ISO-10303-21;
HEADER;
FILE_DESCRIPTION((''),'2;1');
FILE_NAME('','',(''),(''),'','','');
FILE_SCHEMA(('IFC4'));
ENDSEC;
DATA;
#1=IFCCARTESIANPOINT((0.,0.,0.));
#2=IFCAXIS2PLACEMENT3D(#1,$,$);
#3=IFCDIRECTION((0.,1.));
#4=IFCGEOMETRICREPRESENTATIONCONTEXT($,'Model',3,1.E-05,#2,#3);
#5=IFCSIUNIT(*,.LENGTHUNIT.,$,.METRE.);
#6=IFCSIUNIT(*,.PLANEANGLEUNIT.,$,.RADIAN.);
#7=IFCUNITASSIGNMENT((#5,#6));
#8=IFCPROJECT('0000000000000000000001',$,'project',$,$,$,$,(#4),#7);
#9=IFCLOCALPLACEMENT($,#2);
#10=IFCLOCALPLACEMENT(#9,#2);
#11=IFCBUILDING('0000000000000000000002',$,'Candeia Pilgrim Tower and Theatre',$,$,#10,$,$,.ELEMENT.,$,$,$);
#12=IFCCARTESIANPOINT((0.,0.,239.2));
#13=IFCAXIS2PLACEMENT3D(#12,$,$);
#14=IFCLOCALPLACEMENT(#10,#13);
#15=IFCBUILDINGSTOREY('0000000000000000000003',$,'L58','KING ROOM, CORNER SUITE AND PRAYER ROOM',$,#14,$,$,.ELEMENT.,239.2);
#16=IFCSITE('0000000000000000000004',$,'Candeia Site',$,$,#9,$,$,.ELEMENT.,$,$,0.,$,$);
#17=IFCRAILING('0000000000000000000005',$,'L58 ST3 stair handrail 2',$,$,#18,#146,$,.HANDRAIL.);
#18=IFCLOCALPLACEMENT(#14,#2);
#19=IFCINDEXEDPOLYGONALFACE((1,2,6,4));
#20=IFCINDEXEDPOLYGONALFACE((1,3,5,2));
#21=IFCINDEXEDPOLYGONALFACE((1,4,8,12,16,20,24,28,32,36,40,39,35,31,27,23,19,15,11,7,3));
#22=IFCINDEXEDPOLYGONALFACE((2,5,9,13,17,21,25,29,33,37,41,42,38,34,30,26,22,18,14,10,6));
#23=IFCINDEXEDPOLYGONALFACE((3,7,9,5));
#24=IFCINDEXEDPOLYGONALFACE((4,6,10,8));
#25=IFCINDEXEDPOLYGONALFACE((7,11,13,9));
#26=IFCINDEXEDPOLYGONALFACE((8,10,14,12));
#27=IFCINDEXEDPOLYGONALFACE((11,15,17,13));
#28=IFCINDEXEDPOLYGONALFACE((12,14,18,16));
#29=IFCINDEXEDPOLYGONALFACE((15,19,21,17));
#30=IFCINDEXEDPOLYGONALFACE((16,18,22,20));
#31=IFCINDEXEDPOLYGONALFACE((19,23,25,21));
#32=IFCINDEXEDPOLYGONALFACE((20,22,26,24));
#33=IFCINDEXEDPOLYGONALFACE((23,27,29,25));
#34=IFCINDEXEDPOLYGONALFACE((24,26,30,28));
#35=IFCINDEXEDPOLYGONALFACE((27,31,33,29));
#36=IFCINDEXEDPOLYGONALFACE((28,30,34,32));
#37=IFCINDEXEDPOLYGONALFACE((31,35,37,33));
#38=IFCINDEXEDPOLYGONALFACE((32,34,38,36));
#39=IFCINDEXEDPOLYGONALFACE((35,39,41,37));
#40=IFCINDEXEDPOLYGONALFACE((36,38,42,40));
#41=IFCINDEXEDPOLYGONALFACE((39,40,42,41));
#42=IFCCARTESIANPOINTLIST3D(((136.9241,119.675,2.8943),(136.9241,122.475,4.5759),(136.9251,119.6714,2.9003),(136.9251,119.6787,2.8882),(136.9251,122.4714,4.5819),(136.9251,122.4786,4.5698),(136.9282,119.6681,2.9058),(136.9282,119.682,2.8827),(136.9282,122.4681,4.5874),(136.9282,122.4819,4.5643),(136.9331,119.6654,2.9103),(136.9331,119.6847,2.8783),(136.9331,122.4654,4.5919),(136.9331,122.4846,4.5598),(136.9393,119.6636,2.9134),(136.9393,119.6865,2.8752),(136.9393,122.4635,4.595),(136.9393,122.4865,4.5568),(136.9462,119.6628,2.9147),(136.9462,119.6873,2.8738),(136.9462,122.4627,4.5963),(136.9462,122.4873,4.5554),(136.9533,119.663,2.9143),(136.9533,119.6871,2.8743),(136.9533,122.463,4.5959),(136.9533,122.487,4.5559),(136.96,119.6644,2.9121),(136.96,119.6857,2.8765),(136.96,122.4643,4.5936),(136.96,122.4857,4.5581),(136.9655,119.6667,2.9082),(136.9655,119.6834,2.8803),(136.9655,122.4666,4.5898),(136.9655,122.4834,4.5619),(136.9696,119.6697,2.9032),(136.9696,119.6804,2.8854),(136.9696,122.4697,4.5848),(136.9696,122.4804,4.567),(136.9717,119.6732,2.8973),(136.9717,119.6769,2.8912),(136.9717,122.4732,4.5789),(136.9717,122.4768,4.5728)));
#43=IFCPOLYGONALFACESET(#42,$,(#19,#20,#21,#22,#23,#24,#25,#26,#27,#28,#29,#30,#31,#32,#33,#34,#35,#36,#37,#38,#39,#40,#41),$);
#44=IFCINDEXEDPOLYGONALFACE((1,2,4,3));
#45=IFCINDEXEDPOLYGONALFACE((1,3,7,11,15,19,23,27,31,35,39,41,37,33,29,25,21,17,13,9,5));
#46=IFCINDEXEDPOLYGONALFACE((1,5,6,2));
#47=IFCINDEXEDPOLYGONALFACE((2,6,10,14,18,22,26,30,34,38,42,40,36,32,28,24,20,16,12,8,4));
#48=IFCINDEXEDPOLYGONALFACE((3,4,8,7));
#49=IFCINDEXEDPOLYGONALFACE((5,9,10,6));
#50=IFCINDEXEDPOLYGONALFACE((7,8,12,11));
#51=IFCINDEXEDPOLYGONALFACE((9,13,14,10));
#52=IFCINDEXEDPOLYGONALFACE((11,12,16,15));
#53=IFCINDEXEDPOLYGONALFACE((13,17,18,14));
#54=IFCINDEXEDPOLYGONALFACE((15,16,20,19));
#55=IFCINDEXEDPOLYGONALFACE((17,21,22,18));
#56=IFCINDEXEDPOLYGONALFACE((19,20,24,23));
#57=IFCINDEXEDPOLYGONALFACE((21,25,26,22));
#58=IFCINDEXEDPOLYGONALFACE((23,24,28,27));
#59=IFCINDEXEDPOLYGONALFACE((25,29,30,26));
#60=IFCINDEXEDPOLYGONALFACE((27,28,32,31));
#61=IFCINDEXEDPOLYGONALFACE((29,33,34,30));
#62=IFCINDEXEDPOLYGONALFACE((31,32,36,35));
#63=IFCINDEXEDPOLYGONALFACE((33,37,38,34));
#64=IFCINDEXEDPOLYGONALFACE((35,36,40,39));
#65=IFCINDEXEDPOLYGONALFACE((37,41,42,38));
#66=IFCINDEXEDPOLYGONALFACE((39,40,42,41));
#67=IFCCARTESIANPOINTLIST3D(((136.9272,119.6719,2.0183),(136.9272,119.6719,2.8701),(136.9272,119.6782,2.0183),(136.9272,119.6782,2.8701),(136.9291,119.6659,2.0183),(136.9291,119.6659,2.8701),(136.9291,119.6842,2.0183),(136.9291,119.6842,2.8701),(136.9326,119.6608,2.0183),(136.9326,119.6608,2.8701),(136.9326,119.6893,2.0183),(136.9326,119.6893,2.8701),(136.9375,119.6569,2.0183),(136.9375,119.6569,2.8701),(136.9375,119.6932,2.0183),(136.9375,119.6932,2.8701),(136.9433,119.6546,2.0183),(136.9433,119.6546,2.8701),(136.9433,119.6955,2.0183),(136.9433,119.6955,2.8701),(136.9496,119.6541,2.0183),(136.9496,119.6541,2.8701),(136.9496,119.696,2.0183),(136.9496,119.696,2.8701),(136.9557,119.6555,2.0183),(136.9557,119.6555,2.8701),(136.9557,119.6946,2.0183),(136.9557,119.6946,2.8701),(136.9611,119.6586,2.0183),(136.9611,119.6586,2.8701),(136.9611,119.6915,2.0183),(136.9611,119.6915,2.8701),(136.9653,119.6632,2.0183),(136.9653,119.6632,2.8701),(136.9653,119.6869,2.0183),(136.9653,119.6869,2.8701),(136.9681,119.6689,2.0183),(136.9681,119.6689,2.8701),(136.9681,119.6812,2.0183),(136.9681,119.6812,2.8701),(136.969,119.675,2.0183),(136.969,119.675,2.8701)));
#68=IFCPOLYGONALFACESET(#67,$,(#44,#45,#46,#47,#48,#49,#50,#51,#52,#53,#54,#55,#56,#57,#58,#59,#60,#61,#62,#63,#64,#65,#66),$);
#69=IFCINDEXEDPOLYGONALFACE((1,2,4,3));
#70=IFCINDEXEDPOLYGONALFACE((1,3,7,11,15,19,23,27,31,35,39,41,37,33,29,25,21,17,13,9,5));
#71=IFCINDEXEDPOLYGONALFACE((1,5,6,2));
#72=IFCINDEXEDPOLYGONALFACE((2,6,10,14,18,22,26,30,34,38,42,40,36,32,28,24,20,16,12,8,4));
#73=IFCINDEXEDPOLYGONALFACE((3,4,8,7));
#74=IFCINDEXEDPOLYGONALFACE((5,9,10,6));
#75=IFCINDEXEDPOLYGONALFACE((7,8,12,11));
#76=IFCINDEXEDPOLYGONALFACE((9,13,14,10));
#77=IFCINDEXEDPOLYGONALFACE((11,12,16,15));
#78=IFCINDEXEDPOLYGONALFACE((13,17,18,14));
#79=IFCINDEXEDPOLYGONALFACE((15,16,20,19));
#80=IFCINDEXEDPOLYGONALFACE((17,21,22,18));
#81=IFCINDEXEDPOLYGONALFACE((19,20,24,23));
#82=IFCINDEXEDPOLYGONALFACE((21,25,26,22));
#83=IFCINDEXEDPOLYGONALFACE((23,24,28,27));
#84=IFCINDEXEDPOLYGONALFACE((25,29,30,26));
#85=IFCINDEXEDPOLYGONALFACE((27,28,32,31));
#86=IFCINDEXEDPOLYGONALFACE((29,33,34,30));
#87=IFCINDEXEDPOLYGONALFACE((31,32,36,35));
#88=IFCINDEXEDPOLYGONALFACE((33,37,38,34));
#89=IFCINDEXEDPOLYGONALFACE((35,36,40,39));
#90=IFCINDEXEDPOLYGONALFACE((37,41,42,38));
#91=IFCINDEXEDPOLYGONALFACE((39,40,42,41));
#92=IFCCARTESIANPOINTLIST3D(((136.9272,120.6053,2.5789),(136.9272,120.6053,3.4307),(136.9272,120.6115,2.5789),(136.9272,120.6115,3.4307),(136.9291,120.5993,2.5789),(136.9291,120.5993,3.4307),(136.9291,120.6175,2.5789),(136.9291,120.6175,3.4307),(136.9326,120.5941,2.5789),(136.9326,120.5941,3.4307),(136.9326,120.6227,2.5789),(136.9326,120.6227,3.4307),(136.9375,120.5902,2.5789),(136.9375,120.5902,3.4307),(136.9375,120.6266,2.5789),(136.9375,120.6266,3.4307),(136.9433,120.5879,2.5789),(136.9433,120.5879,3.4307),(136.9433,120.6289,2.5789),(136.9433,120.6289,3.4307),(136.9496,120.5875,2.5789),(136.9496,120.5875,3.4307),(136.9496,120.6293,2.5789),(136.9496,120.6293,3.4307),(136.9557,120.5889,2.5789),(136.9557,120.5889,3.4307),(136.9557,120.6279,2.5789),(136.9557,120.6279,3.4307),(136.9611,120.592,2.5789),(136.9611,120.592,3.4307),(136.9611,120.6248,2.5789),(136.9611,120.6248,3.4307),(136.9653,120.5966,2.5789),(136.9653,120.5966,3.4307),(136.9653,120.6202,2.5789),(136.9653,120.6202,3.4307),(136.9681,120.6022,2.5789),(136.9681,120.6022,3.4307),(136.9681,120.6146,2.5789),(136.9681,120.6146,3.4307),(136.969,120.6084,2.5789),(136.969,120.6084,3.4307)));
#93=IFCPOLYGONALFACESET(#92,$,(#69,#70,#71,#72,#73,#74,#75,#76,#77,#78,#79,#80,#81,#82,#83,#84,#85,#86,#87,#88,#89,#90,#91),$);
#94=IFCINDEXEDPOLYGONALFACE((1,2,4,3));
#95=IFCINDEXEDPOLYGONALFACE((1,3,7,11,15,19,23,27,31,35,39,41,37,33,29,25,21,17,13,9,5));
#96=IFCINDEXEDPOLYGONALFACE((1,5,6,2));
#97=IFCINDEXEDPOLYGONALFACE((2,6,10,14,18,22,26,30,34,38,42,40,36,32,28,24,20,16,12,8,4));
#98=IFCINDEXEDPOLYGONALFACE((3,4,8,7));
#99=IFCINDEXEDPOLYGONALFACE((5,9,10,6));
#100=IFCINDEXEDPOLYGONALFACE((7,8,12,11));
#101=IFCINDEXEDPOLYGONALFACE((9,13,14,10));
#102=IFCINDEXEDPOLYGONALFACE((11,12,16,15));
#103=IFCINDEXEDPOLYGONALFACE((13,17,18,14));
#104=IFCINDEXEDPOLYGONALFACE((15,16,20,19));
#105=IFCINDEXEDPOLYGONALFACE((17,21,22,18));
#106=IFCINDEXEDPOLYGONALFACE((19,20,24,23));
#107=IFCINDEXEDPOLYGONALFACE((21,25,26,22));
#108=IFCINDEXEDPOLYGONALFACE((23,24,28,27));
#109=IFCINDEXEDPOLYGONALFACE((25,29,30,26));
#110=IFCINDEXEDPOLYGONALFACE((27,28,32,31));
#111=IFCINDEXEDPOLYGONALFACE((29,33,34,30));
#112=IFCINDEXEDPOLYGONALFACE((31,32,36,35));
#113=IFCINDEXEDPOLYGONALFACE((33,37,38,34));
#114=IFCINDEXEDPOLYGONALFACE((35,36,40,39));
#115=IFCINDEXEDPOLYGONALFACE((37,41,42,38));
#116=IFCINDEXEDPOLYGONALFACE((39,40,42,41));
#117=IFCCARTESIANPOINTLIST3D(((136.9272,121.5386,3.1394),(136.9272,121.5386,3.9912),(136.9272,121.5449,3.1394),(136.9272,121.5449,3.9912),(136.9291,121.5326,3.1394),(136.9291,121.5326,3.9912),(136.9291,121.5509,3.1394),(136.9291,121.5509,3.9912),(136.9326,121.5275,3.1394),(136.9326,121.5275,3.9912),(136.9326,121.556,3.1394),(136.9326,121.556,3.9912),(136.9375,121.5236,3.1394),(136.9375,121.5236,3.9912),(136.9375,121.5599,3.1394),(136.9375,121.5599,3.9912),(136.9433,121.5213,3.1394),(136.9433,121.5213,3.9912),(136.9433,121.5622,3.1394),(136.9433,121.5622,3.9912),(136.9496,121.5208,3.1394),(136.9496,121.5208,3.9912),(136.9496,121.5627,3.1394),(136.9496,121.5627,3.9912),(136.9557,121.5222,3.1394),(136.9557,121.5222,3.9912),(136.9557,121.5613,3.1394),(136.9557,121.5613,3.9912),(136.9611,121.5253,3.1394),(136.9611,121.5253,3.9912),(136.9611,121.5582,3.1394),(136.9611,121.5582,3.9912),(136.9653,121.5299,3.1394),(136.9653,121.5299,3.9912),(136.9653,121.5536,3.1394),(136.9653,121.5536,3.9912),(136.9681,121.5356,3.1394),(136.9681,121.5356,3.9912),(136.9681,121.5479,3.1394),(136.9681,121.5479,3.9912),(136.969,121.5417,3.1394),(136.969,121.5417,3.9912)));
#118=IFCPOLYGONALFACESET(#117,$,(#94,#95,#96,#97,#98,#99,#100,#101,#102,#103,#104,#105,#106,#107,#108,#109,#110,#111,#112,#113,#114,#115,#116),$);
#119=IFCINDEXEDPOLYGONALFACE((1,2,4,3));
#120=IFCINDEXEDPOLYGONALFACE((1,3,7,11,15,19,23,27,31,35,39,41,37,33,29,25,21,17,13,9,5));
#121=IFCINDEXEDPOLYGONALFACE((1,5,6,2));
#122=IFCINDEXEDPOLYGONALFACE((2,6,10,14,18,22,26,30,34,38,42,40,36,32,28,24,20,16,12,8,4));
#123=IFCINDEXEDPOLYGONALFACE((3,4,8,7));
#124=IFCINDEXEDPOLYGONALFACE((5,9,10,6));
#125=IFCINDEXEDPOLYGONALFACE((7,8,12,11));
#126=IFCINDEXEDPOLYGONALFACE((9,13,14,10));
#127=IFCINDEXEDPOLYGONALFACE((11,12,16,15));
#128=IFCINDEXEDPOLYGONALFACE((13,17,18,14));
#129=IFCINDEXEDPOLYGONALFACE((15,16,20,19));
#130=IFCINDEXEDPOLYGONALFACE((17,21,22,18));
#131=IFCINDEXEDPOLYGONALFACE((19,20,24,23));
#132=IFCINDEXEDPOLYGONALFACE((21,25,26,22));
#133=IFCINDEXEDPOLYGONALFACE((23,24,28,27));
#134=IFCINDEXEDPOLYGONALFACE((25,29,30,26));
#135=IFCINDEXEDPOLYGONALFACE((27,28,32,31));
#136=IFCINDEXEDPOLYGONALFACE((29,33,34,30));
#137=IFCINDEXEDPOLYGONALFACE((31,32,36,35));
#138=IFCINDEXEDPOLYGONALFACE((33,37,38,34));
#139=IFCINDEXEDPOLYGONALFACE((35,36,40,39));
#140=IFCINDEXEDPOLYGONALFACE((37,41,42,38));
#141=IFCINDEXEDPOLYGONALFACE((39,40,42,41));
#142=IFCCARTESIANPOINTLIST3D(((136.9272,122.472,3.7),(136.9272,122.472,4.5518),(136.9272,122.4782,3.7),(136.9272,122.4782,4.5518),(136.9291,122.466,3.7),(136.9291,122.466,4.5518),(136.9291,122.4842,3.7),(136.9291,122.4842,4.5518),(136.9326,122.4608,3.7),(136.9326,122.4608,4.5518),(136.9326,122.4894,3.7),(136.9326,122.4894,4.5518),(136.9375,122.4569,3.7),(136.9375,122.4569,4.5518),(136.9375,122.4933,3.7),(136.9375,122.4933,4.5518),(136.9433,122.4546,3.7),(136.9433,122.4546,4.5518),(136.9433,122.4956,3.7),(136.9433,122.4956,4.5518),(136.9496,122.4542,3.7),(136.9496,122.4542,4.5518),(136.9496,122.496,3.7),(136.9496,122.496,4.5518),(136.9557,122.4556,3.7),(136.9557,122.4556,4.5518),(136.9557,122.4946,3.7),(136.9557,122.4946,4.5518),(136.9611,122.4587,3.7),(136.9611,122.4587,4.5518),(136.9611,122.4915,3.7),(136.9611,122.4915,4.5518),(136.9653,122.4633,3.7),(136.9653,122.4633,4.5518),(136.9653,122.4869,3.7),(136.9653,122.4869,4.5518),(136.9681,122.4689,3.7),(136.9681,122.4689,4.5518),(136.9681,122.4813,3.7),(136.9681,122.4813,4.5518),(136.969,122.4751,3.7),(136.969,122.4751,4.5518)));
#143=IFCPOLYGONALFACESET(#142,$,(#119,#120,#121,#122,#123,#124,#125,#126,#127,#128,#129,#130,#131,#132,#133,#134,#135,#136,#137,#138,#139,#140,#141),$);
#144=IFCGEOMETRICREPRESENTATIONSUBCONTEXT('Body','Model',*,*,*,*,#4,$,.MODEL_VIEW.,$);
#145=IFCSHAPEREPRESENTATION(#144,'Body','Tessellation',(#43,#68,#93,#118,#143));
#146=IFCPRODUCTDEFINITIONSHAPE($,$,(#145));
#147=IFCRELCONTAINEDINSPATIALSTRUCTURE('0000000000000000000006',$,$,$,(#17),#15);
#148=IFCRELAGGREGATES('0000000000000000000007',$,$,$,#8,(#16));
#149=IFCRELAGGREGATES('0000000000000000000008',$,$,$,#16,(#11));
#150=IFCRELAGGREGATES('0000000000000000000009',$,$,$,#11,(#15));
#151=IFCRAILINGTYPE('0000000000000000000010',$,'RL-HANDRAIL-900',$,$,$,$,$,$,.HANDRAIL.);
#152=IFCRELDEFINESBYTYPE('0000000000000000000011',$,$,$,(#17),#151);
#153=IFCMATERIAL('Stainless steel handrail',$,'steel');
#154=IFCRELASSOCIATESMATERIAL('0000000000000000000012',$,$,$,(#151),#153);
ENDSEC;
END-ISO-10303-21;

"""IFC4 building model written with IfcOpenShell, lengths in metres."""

from ifc_helpers import new_model, si_unit, direction, frame, origin, origin_2d, place, context, subcontext, project, spatial, circle, extrude, material, type_object, element, save


model = new_model("IFC4")

# Units and contexts
model_context = context("Model", 3, precision=1e-05, world=origin(), true_north=direction((0.0, 1.0)))
body_context = subcontext(model_context, "Body", "Model", "MODEL_VIEW")
ifc_project = project(units=[si_unit("LENGTHUNIT", "METRE"), si_unit("PLANEANGLEUNIT", "RADIAN")], contexts=[model_context])

# Site, building, storey
site_placement = place(None, origin())
site = spatial("IfcSite", under=ifc_project, at=site_placement, Name="Candeia Site", CompositionType="ELEMENT", RefElevation=0.0)
building_placement = place(site_placement, origin())
building = spatial("IfcBuilding", under=site, at=building_placement, Name="Candeia Pilgrim Tower and Theatre", CompositionType="ELEMENT")
storey_placement = place(building_placement, frame((0.0, 0.0, 239.2)))
storey = spatial("IfcBuildingStorey", under=building, at=storey_placement, Name="L58", Description="KING ROOM, CORNER SUITE AND PRAYER ROOM", CompositionType="ELEMENT", Elevation=239.2)

# Railing
ifc_material_1 = material(Name="Stainless steel handrail", Category="steel")
railing_type_1 = type_object("IfcRailingType", Name="RL-HANDRAIL-900", PredefinedType="HANDRAIL", material=ifc_material_1)
railing_1_placement = place(storey_placement, frame((136.948, 119.675, 2.0183)))
element("IfcRailing", 1, at=railing_1_placement, inside=storey, type_object=railing_type_1, Name="L58 ST3 stair handrail 2", PredefinedType="HANDRAIL", context=body_context, shape_type="SweptSolid", body=[
    extrude(circle(Radius=0.0239, at=origin_2d()), frame((0.0, 0.0, 0.876), z_axis=(0.0, 0.857275, 0.514858), x_axis=(-1.0, 0.0, 0.0)), (0.0, 0.0, 1.0), 3.2661),
    extrude(circle(Radius=0.021, at=origin_2d()), origin(), (0.0, 0.0, 1.0), 0.8518),
    extrude(circle(Radius=0.021, at=origin_2d()), frame((0.0, 0.9333, 0.5605)), (0.0, 0.0, 1.0), 0.8518),
    extrude(circle(Radius=0.021, at=origin_2d()), frame((0.0, 1.8667, 1.1211)), (0.0, 0.0, 1.0), 0.8518),
    extrude(circle(Radius=0.021, at=origin_2d()), frame((0.0, 2.8, 1.6816)), (0.0, 0.0, 1.0), 0.8518),
])

save(model, "model.ifc")
